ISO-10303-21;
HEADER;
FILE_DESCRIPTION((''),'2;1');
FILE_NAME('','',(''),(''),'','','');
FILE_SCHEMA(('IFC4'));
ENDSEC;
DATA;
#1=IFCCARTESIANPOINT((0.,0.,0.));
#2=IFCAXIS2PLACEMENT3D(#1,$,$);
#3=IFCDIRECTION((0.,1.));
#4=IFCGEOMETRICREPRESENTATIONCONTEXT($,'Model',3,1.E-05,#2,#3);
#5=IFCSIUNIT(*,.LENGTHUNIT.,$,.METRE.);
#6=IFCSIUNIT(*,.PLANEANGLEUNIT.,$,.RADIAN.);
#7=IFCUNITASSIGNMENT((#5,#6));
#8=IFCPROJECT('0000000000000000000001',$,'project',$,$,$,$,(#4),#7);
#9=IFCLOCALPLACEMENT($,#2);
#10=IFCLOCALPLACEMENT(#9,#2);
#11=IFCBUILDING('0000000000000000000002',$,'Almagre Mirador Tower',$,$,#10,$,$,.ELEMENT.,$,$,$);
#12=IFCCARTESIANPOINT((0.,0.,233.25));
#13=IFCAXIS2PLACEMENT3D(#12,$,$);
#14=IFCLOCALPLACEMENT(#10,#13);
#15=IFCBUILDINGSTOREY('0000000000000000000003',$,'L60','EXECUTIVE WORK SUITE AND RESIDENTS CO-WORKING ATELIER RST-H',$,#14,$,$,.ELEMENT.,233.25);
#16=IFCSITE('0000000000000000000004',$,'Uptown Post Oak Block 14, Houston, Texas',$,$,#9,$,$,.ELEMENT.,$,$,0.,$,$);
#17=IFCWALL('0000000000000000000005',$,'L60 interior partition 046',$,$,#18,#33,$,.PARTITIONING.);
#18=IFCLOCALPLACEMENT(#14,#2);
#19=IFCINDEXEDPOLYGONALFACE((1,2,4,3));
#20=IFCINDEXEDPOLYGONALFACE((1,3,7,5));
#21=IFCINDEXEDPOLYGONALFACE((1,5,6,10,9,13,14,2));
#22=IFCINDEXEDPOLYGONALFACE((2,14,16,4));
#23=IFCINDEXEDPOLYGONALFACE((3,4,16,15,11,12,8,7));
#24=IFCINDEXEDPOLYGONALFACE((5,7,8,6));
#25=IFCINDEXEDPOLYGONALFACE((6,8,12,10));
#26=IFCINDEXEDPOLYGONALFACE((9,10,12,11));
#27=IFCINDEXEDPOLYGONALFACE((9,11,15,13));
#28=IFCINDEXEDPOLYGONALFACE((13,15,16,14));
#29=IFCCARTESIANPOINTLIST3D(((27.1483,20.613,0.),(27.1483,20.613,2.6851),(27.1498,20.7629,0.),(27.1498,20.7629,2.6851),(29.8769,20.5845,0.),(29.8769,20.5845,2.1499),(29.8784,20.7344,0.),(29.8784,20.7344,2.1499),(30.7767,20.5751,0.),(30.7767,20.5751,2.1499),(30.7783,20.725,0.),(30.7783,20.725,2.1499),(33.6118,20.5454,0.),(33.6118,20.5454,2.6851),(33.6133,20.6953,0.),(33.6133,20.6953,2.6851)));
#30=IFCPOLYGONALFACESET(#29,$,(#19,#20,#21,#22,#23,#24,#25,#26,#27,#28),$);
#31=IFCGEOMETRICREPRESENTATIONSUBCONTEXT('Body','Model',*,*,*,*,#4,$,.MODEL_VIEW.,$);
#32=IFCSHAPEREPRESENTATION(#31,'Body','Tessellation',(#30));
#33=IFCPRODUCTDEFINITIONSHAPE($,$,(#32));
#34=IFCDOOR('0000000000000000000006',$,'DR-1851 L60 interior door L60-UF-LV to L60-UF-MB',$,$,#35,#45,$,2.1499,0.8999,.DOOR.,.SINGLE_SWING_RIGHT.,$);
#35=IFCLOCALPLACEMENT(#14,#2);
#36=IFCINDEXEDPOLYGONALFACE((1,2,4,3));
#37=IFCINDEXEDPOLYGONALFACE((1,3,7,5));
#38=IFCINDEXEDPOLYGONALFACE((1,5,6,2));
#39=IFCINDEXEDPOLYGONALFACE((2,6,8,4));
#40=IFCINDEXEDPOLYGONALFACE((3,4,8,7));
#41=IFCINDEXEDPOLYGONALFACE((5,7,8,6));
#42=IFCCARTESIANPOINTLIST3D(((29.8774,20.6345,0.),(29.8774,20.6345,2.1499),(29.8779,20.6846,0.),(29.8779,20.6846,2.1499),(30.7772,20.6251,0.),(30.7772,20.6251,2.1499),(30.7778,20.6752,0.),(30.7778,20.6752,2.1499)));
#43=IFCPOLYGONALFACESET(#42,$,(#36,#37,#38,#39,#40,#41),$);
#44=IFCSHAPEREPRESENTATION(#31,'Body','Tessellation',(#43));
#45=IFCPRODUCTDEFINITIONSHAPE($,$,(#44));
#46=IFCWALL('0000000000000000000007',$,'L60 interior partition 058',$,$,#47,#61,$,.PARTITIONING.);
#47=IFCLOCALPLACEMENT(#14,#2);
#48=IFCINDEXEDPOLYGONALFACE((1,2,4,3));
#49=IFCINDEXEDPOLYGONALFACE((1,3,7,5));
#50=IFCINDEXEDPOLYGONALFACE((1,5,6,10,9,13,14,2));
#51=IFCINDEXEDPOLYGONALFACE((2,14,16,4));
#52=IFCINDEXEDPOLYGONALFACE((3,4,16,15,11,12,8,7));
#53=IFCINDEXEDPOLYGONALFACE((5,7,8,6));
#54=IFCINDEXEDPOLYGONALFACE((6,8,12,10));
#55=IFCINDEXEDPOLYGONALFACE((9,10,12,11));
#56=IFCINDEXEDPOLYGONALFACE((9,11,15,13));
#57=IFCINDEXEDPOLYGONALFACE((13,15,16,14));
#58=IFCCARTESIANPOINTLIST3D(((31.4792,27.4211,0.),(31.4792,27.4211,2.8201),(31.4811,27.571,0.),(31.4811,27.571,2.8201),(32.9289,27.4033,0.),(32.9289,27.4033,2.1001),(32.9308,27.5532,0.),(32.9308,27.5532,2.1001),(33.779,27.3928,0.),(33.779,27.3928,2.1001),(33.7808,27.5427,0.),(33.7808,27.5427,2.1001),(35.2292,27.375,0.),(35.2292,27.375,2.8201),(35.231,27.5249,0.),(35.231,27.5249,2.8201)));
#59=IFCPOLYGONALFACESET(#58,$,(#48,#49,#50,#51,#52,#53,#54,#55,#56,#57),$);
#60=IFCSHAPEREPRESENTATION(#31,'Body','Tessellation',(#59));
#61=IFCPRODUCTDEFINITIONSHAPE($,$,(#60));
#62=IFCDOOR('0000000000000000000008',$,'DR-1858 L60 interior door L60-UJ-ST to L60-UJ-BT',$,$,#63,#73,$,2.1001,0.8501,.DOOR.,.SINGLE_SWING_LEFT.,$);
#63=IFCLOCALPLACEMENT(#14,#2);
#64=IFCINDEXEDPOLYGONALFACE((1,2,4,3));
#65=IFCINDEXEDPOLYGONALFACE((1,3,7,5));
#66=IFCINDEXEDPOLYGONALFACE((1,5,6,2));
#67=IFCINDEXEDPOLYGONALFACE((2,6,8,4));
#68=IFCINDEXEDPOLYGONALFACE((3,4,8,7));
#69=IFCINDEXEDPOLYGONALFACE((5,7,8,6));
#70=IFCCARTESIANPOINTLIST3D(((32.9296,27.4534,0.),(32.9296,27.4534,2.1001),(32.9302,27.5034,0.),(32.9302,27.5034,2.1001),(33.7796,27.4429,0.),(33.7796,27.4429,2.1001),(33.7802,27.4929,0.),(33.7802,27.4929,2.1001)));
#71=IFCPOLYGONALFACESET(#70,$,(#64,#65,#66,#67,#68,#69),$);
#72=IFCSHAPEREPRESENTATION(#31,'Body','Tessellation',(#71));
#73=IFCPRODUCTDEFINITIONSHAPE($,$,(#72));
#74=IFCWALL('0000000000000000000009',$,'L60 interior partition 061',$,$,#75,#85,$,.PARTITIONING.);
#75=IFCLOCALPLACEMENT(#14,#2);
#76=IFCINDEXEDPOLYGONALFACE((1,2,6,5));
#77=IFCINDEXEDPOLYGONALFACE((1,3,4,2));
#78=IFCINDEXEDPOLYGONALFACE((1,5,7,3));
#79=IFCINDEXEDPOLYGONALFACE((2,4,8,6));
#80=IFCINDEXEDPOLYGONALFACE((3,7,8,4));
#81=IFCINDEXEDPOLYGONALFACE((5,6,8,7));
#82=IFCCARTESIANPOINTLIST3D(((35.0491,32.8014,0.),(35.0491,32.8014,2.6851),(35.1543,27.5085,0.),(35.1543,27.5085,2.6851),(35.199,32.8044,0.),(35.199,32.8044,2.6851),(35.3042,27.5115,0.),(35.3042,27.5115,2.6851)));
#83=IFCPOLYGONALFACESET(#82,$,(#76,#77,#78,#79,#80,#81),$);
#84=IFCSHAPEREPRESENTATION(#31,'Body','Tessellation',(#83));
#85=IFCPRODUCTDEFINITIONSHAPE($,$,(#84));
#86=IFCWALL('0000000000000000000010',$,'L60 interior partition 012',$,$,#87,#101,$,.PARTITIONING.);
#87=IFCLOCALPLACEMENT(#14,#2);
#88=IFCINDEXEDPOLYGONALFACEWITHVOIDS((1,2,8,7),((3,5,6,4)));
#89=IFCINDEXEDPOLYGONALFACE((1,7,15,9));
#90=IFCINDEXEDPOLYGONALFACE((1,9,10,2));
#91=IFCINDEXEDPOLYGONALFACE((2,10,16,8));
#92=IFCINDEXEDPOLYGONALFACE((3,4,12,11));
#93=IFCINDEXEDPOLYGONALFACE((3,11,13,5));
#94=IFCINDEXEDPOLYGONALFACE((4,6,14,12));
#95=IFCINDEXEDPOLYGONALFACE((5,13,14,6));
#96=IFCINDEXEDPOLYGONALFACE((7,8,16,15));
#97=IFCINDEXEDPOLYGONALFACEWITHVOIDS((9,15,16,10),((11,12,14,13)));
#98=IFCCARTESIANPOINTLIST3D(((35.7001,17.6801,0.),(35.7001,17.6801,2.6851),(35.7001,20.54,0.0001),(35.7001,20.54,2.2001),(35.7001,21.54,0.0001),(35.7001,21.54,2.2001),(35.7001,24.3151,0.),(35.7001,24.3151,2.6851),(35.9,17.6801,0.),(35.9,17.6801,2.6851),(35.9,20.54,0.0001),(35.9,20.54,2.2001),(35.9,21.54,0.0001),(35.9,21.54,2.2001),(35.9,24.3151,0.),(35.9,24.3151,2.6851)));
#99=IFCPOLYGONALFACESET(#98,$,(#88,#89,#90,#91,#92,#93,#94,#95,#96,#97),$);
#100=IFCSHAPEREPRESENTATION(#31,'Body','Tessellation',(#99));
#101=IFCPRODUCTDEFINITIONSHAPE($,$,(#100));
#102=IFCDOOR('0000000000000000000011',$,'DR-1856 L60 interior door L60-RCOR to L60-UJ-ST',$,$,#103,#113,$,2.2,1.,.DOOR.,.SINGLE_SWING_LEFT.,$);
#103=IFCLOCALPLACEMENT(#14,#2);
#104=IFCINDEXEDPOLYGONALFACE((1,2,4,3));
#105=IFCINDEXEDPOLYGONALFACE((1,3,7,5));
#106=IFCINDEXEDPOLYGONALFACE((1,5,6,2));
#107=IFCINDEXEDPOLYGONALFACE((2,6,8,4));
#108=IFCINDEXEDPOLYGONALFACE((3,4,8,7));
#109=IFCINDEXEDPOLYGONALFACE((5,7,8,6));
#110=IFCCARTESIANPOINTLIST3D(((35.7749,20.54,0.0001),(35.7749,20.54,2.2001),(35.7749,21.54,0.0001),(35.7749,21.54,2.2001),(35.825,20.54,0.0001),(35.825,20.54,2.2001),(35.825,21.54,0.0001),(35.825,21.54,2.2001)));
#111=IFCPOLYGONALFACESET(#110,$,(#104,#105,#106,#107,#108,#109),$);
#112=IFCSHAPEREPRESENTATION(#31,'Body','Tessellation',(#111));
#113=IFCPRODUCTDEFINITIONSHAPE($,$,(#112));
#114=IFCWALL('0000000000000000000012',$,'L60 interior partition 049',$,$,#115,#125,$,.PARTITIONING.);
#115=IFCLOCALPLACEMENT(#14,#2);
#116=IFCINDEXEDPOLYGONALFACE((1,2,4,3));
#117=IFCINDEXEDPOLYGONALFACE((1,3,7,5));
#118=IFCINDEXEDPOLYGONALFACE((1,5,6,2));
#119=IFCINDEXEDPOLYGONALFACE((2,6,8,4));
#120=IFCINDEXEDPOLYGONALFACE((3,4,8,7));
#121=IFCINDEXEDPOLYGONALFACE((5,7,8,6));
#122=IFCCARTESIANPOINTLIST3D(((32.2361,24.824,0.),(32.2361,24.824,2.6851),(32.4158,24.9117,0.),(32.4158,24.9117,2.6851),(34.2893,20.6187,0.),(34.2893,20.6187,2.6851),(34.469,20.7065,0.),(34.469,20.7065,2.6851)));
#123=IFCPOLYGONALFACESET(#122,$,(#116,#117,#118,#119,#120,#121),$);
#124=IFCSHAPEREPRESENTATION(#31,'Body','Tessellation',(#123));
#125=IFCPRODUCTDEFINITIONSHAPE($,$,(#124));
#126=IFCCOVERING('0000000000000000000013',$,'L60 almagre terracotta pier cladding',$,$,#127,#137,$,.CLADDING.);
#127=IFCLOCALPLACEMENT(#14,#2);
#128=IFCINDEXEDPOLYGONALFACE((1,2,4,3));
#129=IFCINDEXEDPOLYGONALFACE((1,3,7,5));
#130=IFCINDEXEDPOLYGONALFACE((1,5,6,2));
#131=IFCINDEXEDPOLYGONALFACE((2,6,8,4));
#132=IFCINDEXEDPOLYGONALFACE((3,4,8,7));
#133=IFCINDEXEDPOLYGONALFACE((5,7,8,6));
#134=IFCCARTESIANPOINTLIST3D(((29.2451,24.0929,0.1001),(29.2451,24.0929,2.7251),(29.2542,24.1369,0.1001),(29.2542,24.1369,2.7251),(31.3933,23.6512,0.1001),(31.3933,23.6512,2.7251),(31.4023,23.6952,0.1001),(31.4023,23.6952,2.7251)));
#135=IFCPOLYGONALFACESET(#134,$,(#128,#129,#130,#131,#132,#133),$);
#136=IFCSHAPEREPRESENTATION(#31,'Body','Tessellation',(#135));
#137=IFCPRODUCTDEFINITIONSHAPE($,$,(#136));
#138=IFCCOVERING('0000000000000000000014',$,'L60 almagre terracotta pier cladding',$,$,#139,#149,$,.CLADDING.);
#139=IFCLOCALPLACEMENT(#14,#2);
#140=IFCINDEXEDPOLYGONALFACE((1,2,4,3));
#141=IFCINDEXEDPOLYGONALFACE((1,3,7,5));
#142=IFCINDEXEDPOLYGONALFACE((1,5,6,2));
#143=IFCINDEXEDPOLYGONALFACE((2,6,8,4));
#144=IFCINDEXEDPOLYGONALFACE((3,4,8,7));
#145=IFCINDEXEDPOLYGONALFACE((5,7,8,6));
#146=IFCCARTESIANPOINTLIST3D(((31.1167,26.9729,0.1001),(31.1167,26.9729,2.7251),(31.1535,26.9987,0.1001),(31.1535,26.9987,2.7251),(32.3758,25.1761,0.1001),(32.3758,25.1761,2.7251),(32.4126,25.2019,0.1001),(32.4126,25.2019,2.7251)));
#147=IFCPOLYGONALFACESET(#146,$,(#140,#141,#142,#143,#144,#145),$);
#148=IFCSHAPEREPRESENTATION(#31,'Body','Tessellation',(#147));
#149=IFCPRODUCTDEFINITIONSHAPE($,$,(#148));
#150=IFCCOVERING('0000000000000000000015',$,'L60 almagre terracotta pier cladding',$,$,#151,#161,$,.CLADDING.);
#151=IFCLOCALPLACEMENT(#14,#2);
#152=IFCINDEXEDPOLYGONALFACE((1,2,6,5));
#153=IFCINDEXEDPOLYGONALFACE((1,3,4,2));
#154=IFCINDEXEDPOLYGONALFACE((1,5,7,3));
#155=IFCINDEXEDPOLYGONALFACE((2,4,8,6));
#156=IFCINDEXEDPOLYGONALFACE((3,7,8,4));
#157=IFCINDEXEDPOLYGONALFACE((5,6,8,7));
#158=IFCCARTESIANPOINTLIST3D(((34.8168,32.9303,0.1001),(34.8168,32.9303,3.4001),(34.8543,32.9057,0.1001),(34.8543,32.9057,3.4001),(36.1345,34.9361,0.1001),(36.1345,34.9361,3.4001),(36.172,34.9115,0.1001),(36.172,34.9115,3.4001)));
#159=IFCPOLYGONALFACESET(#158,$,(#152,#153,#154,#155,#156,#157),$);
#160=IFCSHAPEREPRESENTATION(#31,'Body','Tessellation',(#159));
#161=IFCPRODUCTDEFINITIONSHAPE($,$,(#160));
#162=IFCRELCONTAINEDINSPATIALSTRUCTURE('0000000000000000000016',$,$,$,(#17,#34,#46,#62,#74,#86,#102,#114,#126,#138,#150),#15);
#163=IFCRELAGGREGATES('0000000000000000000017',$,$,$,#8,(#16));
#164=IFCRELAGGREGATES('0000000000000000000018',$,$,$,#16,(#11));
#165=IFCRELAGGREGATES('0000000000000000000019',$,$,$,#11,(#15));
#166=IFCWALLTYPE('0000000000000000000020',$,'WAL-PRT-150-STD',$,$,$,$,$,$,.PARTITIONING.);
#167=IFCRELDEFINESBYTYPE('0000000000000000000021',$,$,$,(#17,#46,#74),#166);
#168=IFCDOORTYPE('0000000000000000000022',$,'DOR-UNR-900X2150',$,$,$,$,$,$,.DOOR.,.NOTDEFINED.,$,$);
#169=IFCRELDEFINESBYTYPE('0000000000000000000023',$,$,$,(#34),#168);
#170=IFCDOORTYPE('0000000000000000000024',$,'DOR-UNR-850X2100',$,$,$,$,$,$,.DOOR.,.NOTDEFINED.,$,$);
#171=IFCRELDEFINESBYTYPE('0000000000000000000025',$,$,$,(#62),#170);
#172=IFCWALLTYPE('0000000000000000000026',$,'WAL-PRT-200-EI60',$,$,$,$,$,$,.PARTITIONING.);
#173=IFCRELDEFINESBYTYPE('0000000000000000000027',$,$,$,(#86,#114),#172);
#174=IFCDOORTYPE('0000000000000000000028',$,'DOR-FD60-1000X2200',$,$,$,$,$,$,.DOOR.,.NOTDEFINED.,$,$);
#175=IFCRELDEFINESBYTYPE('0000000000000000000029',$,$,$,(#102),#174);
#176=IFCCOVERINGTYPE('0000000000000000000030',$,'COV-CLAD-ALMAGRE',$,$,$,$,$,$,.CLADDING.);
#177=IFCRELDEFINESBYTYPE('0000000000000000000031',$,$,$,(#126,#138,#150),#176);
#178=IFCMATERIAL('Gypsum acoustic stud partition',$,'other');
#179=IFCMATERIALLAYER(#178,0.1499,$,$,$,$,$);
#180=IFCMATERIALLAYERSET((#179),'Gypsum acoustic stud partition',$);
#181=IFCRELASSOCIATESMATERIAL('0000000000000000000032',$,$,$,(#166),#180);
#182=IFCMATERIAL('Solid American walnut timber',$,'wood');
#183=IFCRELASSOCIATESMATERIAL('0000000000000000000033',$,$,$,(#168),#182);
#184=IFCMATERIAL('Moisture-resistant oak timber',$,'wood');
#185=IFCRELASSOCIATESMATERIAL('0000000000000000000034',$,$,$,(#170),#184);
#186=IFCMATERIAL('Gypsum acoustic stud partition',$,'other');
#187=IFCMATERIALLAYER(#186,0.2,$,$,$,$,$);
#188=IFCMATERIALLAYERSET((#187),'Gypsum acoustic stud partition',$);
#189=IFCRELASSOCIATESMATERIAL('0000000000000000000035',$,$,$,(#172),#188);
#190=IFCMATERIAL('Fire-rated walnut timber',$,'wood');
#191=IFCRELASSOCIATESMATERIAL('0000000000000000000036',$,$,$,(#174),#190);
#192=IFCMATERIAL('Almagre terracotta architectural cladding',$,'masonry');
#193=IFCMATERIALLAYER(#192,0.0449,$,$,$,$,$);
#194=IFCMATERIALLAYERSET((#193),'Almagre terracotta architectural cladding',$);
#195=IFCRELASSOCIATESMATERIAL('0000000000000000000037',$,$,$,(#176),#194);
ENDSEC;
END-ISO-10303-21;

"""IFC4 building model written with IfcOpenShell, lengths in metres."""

from ifc_helpers import new_model, si_unit, direction, frame, frame_2d, origin, origin_2d, place, context, subcontext, project, spatial, rectangle, extrude, material, layer, layer_set, type_object, element, fill, save


model = new_model("IFC4")

# Units and contexts
model_context = context("Model", 3, precision=1e-05, world=origin(), true_north=direction((0.0, 1.0)))
body_context = subcontext(model_context, "Body", "Model", "MODEL_VIEW")
ifc_project = project(units=[si_unit("LENGTHUNIT", "METRE"), si_unit("PLANEANGLEUNIT", "RADIAN")], contexts=[model_context])

# Site, building, storey
site_placement = place(None, origin())
site = spatial("IfcSite", under=ifc_project, at=site_placement, Name="Uptown Post Oak Block 14, Houston, Texas", CompositionType="ELEMENT", RefElevation=0.0)
building_placement = place(site_placement, origin())
building = spatial("IfcBuilding", under=site, at=building_placement, Name="Almagre Mirador Tower", CompositionType="ELEMENT")
storey_placement = place(building_placement, frame((0.0, 0.0, 233.25)))
storey = spatial("IfcBuildingStorey", under=building, at=storey_placement, Name="L60", Description="EXECUTIVE WORK SUITE AND RESIDENTS CO-WORKING ATELIER RST-H", CompositionType="ELEMENT", Elevation=233.25)

# Walls, openings, doors
ifc_material_1 = material(Name="Gypsum acoustic stud partition", Category="other")
ifc_layer_1 = layer(ifc_material_1, 0.1499)
ifc_layer_set_1 = layer_set([ifc_layer_1], Name="Gypsum acoustic stud partition")
wall_type_1 = type_object("IfcWallType", Name="WAL-PRT-150-STD", PredefinedType="PARTITIONING", material=ifc_layer_set_1)
wall_1_placement = place(storey_placement, frame((33.6125, 20.6204, 0.0), z_axis=(0.0, 0.0, 1.0), x_axis=(-0.999945, 0.010462, 0.0)))
wall_1 = element("IfcWall", 1, at=wall_1_placement, inside=storey, type_object=wall_type_1, Name="L60 interior partition 046", PredefinedType="PARTITIONING", context=body_context, shape_type="SweptSolid", body=[
    extrude(rectangle(XDim=6.4639, YDim=0.1499, at=frame_2d((3.2319, 0.0))), origin(), (0.0, 0.0, 1.0), 2.6851),
])
opening_1_placement = place(wall_1_placement, frame((2.8352, 0.0, 0.0)))
opening_1 = element("IfcOpeningElement", 2, at=opening_1_placement, cuts=wall_1, PredefinedType="OPENING", context=body_context, shape_type="SweptSolid", body=[
    extrude(rectangle(XDim=0.8999, YDim=2.1499, at=frame_2d((0.45, 1.075))), frame((0.0, 0.085, 0.0), z_axis=(0.0, -1.0, 0.0), x_axis=(1.0, 0.0, 0.0)), (0.0, 0.0, 1.0), 0.1699),
])
ifc_material_2 = material(Name="Solid American walnut timber", Category="wood")
door_type_1 = type_object("IfcDoorType", Name="DOR-UNR-900X2150", OperationType="NOTDEFINED", PredefinedType="DOOR", material=ifc_material_2)
door_1_placement = place(opening_1_placement, origin())
door_1 = element("IfcDoor", 3, at=door_1_placement, inside=storey, type_object=door_type_1, Name="DR-1851 L60 interior door L60-UF-LV to L60-UF-MB", OperationType="SINGLE_SWING_RIGHT", OverallHeight=2.1499, OverallWidth=0.8999, PredefinedType="DOOR", context=body_context, shape_type="SweptSolid", body=[
    extrude(rectangle(XDim=0.8999, YDim=2.1499, at=frame_2d((0.45, 1.075))), frame((0.0, 0.0249, 0.0), z_axis=(0.0, -1.0, 0.0), x_axis=(1.0, 0.0, 0.0)), (0.0, 0.0, 1.0), 0.05),
])
fill(opening_1, door_1)
wall_2_placement = place(storey_placement, frame((35.23, 27.45, 0.0), z_axis=(0.0, 0.0, 1.0), x_axis=(-0.999924, 0.012304, 0.0)))
wall_2 = element("IfcWall", 4, at=wall_2_placement, inside=storey, type_object=wall_type_1, Name="L60 interior partition 058", PredefinedType="PARTITIONING", context=body_context, shape_type="SweptSolid", body=[
    extrude(rectangle(XDim=3.7502, YDim=0.1499, at=frame_2d((1.875, 0.0))), origin(), (0.0, 0.0, 1.0), 2.8201),
])
opening_2_placement = place(wall_2_placement, frame((1.4502, 0.0, 0.0)))
opening_2 = element("IfcOpeningElement", 5, at=opening_2_placement, cuts=wall_2, PredefinedType="OPENING", context=body_context, shape_type="SweptSolid", body=[
    extrude(rectangle(XDim=0.8501, YDim=2.1001, at=frame_2d((0.425, 1.05))), frame((0.0, 0.085, 0.0), z_axis=(0.0, -1.0, 0.0), x_axis=(1.0, 0.0, 0.0)), (0.0, 0.0, 1.0), 0.1699),
])
ifc_material_3 = material(Name="Moisture-resistant oak timber", Category="wood")
door_type_2 = type_object("IfcDoorType", Name="DOR-UNR-850X2100", OperationType="NOTDEFINED", PredefinedType="DOOR", material=ifc_material_3)
door_2_placement = place(opening_2_placement, origin())
door_2 = element("IfcDoor", 6, at=door_2_placement, inside=storey, type_object=door_type_2, Name="DR-1858 L60 interior door L60-UJ-ST to L60-UJ-BT", OperationType="SINGLE_SWING_LEFT", OverallHeight=2.1001, OverallWidth=0.8501, PredefinedType="DOOR", context=body_context, shape_type="SweptSolid", body=[
    extrude(rectangle(XDim=0.8501, YDim=2.1001, at=frame_2d((0.425, 1.05))), frame((0.0, 0.0249, 0.0), z_axis=(0.0, -1.0, 0.0), x_axis=(1.0, 0.0, 0.0)), (0.0, 0.0, 1.0), 0.05),
])
fill(opening_2, door_2)

# Wall
wall_3_placement = place(storey_placement, frame((35.2292, 27.51, 0.0), z_axis=(0.0, 0.0, 1.0), x_axis=(-0.019876, 0.999802, 0.0)))
element("IfcWall", 7, at=wall_3_placement, inside=storey, type_object=wall_type_1, Name="L60 interior partition 061", PredefinedType="PARTITIONING", context=body_context, shape_type="SweptSolid", body=[
    extrude(rectangle(XDim=5.2939, YDim=0.1499, at=frame_2d((2.647, 0.0))), origin(), (0.0, 0.0, 1.0), 2.6851),
])

# Wall, opening, door
ifc_material_4 = material(Name="Gypsum acoustic stud partition", Category="other")
ifc_layer_2 = layer(ifc_material_4, 0.2)
ifc_layer_set_2 = layer_set([ifc_layer_2], Name="Gypsum acoustic stud partition")
wall_type_2 = type_object("IfcWallType", Name="WAL-PRT-200-EI60", PredefinedType="PARTITIONING", material=ifc_layer_set_2)
wall_4_placement = place(storey_placement, frame((35.8, 24.3149, 0.0), z_axis=(0.0, 0.0, 1.0), x_axis=(0.0, -1.0, 0.0)))
wall_4 = element("IfcWall", 8, at=wall_4_placement, inside=storey, type_object=wall_type_2, Name="L60 interior partition 012", PredefinedType="PARTITIONING", context=body_context, shape_type="SweptSolid", body=[
    extrude(rectangle(XDim=6.635, YDim=0.2, at=frame_2d((3.3174, 0.0))), origin(), (0.0, 0.0, 1.0), 2.6851),
])
opening_3_placement = place(wall_4_placement, frame((2.7749, 0.0, 0.0)))
opening_3 = element("IfcOpeningElement", 9, at=opening_3_placement, cuts=wall_4, PredefinedType="OPENING", context=body_context, shape_type="SweptSolid", body=[
    extrude(rectangle(XDim=1.0, YDim=2.2, at=frame_2d((0.5, 1.1001))), frame((0.0, 0.1101, 0.0), z_axis=(0.0, -1.0, 0.0), x_axis=(1.0, 0.0, 0.0)), (0.0, 0.0, 1.0), 0.22),
])
ifc_material_5 = material(Name="Fire-rated walnut timber", Category="wood")
door_type_3 = type_object("IfcDoorType", Name="DOR-FD60-1000X2200", OperationType="NOTDEFINED", PredefinedType="DOOR", material=ifc_material_5)
door_3_placement = place(opening_3_placement, origin())
door_3 = element("IfcDoor", 10, at=door_3_placement, inside=storey, type_object=door_type_3, Name="DR-1856 L60 interior door L60-RCOR to L60-UJ-ST", OperationType="SINGLE_SWING_LEFT", OverallHeight=2.2, OverallWidth=1.0, PredefinedType="DOOR", context=body_context, shape_type="SweptSolid", body=[
    extrude(rectangle(XDim=1.0, YDim=2.2, at=frame_2d((0.5, 1.1001))), frame((0.0, 0.0249, 0.0), z_axis=(0.0, -1.0, 0.0), x_axis=(1.0, 0.0, 0.0)), (0.0, 0.0, 1.0), 0.05),
])
fill(opening_3, door_3)

# Wall
wall_5_placement = place(storey_placement, frame((34.3792, 20.6626, 0.0), z_axis=(0.0, 0.0, 1.0), x_axis=(-0.438742, 0.898613, 0.0)))
element("IfcWall", 11, at=wall_5_placement, inside=storey, type_object=wall_type_2, Name="L60 interior partition 049", PredefinedType="PARTITIONING", context=body_context, shape_type="SweptSolid", body=[
    extrude(rectangle(XDim=4.6797, YDim=0.2, at=frame_2d((2.3398, 0.0))), origin(), (0.0, 0.0, 1.0), 2.6851),
])

# Coverings
ifc_material_6 = material(Name="Almagre terracotta architectural cladding", Category="masonry")
ifc_layer_3 = layer(ifc_material_6, 0.0449)
ifc_layer_set_3 = layer_set([ifc_layer_3], Name="Almagre terracotta architectural cladding")
covering_type = type_object("IfcCoveringType", Name="COV-CLAD-ALMAGRE", PredefinedType="CLADDING", material=ifc_layer_set_3)
covering_1_placement = place(storey_placement, frame((30.3237, 23.894, 0.1001), z_axis=(0.0, 0.0, 1.0), x_axis=(0.979501, -0.201437, 0.0)))
element("IfcCovering", 12, at=covering_1_placement, inside=storey, type_object=covering_type, Name="L60 almagre terracotta pier cladding", PredefinedType="CLADDING", context=body_context, shape_type="SweptSolid", body=[
    extrude(rectangle(XDim=2.1931, YDim=0.0449, at=origin_2d()), origin(), (0.0, 0.0, 1.0), 2.625),
])
covering_2_placement = place(storey_placement, frame((31.7646, 26.0874, 0.1001), z_axis=(0.0, 0.0, 1.0), x_axis=(-0.573891, 0.818932, 0.0)))
element("IfcCovering", 13, at=covering_2_placement, inside=storey, type_object=covering_type, Name="L60 almagre terracotta pier cladding", PredefinedType="CLADDING", context=body_context, shape_type="SweptSolid", body=[
    extrude(rectangle(XDim=2.1941, YDim=0.0449, at=origin_2d()), origin(), (0.0, 0.0, 1.0), 2.625),
])
covering_3_placement = place(storey_placement, frame((35.4944, 33.9209, 0.1001), z_axis=(0.0, 0.0, 1.0), x_axis=(0.549067, 0.835779, 0.0)))
element("IfcCovering", 14, at=covering_3_placement, inside=storey, type_object=covering_type, Name="L60 almagre terracotta pier cladding", PredefinedType="CLADDING", context=body_context, shape_type="SweptSolid", body=[
    extrude(rectangle(XDim=2.3999, YDim=0.0449, at=origin_2d()), origin(), (0.0, 0.0, 1.0), 3.3),
])

save(model, "model.ifc")
